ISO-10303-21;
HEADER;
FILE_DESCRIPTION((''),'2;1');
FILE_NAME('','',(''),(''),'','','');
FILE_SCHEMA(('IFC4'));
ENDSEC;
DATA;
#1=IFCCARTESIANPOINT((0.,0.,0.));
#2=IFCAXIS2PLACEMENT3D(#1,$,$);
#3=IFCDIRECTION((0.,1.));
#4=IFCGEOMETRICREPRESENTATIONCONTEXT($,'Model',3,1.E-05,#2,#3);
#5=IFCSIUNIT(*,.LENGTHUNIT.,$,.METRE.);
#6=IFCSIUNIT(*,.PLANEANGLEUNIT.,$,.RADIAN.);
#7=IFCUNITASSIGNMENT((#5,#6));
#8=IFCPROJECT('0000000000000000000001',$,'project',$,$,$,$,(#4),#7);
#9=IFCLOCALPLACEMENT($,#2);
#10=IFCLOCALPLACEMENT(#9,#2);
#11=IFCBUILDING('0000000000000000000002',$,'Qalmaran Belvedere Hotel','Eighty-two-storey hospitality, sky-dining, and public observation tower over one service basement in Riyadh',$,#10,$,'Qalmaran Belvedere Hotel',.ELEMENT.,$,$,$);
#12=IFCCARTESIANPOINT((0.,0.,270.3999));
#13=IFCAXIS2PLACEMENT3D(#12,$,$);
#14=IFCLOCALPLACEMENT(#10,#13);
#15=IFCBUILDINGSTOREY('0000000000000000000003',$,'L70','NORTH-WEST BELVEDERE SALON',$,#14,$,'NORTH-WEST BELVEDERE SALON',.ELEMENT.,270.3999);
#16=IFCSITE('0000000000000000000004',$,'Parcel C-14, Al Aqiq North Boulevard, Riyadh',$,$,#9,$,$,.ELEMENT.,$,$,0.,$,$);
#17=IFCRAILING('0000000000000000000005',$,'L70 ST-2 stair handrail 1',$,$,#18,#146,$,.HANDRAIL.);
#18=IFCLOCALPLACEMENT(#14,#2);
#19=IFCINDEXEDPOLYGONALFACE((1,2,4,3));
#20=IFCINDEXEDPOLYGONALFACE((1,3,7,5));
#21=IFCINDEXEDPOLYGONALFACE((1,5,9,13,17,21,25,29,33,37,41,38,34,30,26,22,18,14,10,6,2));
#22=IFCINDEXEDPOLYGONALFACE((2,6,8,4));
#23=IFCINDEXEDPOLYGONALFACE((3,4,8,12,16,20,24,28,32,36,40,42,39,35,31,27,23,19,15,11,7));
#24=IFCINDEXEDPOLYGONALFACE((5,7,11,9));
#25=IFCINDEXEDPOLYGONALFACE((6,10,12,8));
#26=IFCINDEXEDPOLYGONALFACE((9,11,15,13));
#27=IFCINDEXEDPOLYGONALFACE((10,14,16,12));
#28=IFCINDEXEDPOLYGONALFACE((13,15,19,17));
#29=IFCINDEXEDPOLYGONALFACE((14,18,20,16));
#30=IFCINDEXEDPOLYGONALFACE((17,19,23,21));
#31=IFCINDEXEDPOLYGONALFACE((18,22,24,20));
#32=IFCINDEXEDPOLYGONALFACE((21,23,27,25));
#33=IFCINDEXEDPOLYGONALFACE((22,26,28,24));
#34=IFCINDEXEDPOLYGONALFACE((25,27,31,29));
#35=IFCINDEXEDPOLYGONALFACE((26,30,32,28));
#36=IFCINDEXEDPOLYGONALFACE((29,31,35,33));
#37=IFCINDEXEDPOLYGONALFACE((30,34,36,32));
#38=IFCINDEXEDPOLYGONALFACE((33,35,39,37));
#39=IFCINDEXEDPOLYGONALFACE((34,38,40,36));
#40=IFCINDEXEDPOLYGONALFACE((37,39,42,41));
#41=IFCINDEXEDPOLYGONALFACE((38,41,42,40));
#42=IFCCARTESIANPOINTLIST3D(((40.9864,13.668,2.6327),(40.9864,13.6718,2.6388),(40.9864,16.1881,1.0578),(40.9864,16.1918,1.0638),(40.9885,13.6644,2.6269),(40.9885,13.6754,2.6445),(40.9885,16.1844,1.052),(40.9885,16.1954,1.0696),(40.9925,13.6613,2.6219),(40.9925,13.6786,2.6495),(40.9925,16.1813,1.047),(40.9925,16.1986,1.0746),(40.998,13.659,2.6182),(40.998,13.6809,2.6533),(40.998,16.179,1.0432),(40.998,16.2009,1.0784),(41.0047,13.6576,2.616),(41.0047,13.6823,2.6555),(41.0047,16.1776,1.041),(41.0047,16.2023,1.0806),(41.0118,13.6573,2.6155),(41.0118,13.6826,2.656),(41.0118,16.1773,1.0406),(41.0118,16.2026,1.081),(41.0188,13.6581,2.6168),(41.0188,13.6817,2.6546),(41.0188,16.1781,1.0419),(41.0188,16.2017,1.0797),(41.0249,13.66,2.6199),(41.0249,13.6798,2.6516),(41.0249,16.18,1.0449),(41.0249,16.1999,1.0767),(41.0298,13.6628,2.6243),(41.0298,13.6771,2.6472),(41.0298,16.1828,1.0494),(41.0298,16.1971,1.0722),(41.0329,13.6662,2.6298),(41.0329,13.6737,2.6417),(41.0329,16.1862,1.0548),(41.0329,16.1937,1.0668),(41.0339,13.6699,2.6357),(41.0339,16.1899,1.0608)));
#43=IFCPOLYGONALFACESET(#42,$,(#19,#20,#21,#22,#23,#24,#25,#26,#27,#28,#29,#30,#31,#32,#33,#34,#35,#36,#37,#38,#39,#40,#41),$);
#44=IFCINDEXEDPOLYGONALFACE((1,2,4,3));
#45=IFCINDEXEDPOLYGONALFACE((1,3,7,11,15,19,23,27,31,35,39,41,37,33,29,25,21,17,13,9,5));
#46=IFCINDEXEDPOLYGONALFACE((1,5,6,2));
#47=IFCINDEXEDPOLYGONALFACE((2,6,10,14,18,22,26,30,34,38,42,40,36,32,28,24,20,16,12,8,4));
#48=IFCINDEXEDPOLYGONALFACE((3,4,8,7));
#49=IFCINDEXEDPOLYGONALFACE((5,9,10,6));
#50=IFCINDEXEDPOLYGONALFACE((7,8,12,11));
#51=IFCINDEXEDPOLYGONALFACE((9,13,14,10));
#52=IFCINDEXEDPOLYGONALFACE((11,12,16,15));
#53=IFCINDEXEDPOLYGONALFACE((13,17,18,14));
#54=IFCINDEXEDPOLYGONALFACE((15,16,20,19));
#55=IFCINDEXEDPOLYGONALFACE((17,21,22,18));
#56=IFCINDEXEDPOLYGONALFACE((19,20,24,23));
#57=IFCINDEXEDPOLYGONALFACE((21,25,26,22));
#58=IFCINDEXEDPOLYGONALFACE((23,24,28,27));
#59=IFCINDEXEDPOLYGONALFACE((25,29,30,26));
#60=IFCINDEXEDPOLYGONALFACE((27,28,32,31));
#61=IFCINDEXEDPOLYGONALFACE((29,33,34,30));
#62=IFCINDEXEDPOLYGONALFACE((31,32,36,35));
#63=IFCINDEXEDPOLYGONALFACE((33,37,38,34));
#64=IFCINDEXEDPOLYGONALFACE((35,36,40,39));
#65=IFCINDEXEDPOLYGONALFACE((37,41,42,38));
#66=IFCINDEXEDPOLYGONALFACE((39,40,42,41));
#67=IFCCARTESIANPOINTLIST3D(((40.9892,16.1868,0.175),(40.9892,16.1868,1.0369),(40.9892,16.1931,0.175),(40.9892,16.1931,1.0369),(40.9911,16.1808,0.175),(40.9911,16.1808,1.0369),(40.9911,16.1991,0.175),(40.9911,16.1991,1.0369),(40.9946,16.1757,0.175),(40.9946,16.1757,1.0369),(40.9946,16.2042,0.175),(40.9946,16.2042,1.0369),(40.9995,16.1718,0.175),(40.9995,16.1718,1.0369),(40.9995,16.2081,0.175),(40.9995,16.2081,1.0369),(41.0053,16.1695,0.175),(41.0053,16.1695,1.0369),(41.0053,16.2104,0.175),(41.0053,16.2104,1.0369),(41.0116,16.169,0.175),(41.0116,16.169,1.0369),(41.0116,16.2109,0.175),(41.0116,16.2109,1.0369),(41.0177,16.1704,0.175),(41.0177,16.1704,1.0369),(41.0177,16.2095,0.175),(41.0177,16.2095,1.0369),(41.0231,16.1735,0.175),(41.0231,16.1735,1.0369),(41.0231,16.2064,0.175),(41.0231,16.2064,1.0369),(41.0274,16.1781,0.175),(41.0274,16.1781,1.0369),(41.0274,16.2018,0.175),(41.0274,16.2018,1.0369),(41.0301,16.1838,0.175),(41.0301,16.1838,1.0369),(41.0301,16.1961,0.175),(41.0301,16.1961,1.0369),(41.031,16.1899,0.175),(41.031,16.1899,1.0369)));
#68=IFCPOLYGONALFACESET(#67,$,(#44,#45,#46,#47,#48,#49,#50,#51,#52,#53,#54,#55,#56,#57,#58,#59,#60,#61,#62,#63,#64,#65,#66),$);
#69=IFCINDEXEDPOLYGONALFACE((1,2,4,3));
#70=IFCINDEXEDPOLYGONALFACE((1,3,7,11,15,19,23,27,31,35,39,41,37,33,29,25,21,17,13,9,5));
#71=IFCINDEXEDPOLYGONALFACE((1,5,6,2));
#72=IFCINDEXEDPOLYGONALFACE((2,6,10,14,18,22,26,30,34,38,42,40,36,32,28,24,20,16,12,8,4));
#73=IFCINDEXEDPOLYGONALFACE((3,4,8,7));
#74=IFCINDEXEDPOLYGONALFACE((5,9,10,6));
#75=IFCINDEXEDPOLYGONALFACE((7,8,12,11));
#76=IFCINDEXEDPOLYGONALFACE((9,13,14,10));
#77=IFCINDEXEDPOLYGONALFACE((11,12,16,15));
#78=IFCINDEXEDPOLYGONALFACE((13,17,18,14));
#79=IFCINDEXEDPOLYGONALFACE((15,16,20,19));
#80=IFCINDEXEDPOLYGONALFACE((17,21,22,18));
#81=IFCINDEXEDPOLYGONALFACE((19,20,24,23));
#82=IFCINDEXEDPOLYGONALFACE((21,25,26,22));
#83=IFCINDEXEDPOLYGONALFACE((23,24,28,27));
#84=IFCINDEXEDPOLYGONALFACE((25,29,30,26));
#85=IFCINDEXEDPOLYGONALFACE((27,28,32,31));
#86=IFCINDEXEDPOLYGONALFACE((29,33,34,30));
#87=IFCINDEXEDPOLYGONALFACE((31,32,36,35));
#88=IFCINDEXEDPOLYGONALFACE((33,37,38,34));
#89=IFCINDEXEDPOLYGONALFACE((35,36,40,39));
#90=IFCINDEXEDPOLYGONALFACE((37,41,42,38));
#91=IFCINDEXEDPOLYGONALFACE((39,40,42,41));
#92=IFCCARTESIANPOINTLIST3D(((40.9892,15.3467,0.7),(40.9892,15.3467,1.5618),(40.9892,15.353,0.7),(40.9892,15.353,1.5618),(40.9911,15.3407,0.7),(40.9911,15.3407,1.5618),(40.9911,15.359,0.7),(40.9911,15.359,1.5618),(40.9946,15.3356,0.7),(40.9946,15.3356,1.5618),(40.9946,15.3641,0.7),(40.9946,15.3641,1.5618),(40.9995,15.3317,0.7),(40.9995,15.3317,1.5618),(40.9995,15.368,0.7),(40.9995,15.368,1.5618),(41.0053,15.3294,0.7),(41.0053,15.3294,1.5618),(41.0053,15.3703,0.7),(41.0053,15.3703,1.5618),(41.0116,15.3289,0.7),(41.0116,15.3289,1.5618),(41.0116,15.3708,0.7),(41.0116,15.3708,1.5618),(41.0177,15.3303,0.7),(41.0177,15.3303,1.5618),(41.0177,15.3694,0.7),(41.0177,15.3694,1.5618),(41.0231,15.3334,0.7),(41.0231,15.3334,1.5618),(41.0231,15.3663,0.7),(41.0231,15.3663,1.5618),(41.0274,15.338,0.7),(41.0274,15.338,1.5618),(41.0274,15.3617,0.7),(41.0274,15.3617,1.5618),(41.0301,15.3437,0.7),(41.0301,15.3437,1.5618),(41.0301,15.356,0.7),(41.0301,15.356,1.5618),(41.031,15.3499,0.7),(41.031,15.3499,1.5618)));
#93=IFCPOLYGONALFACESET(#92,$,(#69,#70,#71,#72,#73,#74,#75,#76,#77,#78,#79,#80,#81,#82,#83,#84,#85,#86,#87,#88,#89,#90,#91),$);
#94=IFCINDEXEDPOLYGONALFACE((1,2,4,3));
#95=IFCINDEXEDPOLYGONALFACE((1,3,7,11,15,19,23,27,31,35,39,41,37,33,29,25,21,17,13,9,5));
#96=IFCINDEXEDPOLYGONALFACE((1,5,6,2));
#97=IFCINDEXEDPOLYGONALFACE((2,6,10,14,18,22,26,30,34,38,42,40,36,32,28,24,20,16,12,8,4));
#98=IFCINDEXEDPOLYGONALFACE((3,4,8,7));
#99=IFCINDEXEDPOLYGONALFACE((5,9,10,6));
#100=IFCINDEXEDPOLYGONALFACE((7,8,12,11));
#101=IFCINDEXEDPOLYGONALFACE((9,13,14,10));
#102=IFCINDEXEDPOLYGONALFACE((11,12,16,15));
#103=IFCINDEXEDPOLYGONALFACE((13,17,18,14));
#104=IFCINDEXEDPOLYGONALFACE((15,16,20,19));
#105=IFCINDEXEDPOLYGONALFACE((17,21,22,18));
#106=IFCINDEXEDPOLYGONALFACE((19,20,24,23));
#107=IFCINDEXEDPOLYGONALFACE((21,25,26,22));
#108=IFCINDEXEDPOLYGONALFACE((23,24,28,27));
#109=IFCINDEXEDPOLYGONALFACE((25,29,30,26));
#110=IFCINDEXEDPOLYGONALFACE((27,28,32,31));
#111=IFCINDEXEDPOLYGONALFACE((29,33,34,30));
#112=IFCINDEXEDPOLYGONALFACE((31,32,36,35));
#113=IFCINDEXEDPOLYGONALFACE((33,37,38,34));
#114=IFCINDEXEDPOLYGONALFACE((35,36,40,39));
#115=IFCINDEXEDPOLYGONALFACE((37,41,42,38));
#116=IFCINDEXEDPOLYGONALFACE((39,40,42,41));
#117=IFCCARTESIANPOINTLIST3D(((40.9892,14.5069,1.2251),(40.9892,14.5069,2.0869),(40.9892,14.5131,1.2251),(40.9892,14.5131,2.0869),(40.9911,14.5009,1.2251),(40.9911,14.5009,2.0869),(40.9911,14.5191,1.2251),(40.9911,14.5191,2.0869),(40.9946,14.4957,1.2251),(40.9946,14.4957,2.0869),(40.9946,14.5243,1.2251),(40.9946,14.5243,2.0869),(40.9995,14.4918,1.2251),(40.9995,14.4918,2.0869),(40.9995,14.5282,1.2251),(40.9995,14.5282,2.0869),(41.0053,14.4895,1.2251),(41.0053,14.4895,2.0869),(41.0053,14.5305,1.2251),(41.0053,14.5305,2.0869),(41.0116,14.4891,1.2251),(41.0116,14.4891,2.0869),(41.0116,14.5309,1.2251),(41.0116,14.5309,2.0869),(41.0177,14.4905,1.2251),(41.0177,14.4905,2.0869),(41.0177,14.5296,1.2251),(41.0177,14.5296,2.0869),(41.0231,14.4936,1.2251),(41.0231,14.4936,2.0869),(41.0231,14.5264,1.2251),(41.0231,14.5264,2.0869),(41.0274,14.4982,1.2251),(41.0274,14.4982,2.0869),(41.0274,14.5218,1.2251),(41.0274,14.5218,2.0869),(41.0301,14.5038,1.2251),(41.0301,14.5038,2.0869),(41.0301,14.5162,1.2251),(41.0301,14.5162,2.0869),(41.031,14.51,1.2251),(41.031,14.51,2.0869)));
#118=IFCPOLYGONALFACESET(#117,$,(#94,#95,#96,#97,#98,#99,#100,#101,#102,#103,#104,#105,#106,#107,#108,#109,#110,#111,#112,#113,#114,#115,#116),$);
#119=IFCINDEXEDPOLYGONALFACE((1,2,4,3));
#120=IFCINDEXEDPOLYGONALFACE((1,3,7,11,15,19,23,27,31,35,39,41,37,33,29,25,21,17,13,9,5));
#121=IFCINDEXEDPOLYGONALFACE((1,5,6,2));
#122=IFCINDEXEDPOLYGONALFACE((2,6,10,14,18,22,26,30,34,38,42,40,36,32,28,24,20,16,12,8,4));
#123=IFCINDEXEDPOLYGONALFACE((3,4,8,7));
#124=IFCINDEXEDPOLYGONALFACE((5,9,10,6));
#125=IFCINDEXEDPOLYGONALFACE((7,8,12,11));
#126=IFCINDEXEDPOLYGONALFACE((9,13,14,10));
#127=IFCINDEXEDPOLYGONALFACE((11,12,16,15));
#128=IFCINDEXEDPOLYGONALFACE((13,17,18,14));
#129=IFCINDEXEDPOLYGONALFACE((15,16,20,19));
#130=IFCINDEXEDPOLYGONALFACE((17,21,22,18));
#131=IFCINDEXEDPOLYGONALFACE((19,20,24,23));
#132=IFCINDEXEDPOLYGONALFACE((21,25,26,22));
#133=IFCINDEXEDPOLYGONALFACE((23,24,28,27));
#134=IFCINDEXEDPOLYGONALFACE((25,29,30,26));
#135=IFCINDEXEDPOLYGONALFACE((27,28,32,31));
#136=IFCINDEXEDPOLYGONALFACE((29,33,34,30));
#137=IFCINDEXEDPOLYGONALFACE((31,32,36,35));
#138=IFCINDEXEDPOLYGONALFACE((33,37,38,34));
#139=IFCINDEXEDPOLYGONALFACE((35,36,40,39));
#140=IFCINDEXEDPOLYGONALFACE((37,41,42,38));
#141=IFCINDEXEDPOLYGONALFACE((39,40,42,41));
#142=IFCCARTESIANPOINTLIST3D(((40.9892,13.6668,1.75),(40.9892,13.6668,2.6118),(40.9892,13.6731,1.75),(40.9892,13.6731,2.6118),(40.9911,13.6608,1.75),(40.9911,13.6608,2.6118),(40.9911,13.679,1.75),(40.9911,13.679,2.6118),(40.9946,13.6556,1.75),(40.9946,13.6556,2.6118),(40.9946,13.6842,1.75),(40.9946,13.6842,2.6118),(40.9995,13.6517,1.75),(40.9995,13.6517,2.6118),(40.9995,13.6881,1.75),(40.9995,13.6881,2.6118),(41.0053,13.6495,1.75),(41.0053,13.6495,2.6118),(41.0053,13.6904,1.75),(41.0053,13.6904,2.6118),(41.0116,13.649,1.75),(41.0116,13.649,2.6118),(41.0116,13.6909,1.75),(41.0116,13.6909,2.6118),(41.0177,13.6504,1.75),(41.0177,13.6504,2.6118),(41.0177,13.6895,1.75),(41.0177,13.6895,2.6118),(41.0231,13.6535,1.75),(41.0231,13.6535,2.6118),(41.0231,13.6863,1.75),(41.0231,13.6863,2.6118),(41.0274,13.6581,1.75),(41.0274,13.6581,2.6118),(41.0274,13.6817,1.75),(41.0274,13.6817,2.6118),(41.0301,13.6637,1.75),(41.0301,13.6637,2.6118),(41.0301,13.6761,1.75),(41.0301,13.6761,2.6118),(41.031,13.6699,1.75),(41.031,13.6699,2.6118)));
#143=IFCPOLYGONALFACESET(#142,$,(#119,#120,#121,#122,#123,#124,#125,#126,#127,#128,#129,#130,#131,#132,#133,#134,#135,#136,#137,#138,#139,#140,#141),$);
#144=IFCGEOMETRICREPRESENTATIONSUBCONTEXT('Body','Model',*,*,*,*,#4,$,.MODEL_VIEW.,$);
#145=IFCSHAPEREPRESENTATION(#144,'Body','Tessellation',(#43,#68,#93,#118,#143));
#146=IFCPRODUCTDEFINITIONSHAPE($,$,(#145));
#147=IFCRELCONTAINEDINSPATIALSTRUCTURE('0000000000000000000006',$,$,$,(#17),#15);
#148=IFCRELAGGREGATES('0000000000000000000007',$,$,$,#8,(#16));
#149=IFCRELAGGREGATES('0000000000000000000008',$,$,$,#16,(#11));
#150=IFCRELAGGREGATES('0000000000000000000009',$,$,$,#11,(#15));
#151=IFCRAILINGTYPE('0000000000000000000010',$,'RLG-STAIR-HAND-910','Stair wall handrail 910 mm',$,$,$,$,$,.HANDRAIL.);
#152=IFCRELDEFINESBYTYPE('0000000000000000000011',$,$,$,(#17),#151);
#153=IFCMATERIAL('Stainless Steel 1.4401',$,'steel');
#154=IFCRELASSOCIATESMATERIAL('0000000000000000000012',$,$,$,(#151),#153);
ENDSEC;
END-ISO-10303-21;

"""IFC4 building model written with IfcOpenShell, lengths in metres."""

from ifc_helpers import new_model, si_unit, direction, frame, origin, origin_2d, place, context, subcontext, project, spatial, circle, extrude, material, type_object, element, save


model = new_model("IFC4")

# Units and contexts
model_context = context("Model", 3, precision=1e-05, world=origin(), true_north=direction((0.0, 1.0)))
body_context = subcontext(model_context, "Body", "Model", "MODEL_VIEW")
ifc_project = project(units=[si_unit("LENGTHUNIT", "METRE"), si_unit("PLANEANGLEUNIT", "RADIAN")], contexts=[model_context])

# Site, building, storey
site_placement = place(None, origin())
site = spatial("IfcSite", under=ifc_project, at=site_placement, Name="Parcel C-14, Al Aqiq North Boulevard, Riyadh", CompositionType="ELEMENT", RefElevation=0.0)
building_placement = place(site_placement, origin())
building = spatial("IfcBuilding", under=site, at=building_placement, Name="Qalmaran Belvedere Hotel", Description="Eighty-two-storey hospitality, sky-dining, and public observation tower over one service basement in Riyadh", LongName="Qalmaran Belvedere Hotel", CompositionType="ELEMENT")
storey_placement = place(building_placement, frame((0.0, 0.0, 270.3999)))
storey = spatial("IfcBuildingStorey", under=building, at=storey_placement, Name="L70", Description="NORTH-WEST BELVEDERE SALON", LongName="NORTH-WEST BELVEDERE SALON", CompositionType="ELEMENT", Elevation=270.3999)

# Railing
ifc_material_1 = material(Name="Stainless Steel 1.4401", Category="steel")
railing_type_1 = type_object("IfcRailingType", Name="RLG-STAIR-HAND-910", Description="Stair wall handrail 910 mm", PredefinedType="HANDRAIL", material=ifc_material_1)
railing_1_placement = place(storey_placement, frame((41.01, 16.1899, 0.175)))
element("IfcRailing", 1, at=railing_1_placement, inside=storey, type_object=railing_type_1, Name="L70 ST-2 stair handrail 1", PredefinedType="HANDRAIL", context=body_context, shape_type="SweptSolid", body=[
    extrude(circle(Radius=0.0239, at=origin_2d()), frame((0.0, 0.0, 0.8857), z_axis=(0.0, -0.848008, 0.529984), x_axis=(1.0, 0.0, 0.0)), (0.0, 0.0, 1.0), 2.9717),
    extrude(circle(Radius=0.021, at=origin_2d()), origin(), (0.0, 0.0, 1.0), 0.8618),
    extrude(circle(Radius=0.021, at=origin_2d()), frame((0.0, -0.8401, 0.5249)), (0.0, 0.0, 1.0), 0.8618),
    extrude(circle(Radius=0.021, at=origin_2d()), frame((0.0, -1.6799, 1.05)), (0.0, 0.0, 1.0), 0.8618),
    extrude(circle(Radius=0.021, at=origin_2d()), frame((0.0, -2.52, 1.575)), (0.0, 0.0, 1.0), 0.8618),
])

save(model, "model.ifc")
